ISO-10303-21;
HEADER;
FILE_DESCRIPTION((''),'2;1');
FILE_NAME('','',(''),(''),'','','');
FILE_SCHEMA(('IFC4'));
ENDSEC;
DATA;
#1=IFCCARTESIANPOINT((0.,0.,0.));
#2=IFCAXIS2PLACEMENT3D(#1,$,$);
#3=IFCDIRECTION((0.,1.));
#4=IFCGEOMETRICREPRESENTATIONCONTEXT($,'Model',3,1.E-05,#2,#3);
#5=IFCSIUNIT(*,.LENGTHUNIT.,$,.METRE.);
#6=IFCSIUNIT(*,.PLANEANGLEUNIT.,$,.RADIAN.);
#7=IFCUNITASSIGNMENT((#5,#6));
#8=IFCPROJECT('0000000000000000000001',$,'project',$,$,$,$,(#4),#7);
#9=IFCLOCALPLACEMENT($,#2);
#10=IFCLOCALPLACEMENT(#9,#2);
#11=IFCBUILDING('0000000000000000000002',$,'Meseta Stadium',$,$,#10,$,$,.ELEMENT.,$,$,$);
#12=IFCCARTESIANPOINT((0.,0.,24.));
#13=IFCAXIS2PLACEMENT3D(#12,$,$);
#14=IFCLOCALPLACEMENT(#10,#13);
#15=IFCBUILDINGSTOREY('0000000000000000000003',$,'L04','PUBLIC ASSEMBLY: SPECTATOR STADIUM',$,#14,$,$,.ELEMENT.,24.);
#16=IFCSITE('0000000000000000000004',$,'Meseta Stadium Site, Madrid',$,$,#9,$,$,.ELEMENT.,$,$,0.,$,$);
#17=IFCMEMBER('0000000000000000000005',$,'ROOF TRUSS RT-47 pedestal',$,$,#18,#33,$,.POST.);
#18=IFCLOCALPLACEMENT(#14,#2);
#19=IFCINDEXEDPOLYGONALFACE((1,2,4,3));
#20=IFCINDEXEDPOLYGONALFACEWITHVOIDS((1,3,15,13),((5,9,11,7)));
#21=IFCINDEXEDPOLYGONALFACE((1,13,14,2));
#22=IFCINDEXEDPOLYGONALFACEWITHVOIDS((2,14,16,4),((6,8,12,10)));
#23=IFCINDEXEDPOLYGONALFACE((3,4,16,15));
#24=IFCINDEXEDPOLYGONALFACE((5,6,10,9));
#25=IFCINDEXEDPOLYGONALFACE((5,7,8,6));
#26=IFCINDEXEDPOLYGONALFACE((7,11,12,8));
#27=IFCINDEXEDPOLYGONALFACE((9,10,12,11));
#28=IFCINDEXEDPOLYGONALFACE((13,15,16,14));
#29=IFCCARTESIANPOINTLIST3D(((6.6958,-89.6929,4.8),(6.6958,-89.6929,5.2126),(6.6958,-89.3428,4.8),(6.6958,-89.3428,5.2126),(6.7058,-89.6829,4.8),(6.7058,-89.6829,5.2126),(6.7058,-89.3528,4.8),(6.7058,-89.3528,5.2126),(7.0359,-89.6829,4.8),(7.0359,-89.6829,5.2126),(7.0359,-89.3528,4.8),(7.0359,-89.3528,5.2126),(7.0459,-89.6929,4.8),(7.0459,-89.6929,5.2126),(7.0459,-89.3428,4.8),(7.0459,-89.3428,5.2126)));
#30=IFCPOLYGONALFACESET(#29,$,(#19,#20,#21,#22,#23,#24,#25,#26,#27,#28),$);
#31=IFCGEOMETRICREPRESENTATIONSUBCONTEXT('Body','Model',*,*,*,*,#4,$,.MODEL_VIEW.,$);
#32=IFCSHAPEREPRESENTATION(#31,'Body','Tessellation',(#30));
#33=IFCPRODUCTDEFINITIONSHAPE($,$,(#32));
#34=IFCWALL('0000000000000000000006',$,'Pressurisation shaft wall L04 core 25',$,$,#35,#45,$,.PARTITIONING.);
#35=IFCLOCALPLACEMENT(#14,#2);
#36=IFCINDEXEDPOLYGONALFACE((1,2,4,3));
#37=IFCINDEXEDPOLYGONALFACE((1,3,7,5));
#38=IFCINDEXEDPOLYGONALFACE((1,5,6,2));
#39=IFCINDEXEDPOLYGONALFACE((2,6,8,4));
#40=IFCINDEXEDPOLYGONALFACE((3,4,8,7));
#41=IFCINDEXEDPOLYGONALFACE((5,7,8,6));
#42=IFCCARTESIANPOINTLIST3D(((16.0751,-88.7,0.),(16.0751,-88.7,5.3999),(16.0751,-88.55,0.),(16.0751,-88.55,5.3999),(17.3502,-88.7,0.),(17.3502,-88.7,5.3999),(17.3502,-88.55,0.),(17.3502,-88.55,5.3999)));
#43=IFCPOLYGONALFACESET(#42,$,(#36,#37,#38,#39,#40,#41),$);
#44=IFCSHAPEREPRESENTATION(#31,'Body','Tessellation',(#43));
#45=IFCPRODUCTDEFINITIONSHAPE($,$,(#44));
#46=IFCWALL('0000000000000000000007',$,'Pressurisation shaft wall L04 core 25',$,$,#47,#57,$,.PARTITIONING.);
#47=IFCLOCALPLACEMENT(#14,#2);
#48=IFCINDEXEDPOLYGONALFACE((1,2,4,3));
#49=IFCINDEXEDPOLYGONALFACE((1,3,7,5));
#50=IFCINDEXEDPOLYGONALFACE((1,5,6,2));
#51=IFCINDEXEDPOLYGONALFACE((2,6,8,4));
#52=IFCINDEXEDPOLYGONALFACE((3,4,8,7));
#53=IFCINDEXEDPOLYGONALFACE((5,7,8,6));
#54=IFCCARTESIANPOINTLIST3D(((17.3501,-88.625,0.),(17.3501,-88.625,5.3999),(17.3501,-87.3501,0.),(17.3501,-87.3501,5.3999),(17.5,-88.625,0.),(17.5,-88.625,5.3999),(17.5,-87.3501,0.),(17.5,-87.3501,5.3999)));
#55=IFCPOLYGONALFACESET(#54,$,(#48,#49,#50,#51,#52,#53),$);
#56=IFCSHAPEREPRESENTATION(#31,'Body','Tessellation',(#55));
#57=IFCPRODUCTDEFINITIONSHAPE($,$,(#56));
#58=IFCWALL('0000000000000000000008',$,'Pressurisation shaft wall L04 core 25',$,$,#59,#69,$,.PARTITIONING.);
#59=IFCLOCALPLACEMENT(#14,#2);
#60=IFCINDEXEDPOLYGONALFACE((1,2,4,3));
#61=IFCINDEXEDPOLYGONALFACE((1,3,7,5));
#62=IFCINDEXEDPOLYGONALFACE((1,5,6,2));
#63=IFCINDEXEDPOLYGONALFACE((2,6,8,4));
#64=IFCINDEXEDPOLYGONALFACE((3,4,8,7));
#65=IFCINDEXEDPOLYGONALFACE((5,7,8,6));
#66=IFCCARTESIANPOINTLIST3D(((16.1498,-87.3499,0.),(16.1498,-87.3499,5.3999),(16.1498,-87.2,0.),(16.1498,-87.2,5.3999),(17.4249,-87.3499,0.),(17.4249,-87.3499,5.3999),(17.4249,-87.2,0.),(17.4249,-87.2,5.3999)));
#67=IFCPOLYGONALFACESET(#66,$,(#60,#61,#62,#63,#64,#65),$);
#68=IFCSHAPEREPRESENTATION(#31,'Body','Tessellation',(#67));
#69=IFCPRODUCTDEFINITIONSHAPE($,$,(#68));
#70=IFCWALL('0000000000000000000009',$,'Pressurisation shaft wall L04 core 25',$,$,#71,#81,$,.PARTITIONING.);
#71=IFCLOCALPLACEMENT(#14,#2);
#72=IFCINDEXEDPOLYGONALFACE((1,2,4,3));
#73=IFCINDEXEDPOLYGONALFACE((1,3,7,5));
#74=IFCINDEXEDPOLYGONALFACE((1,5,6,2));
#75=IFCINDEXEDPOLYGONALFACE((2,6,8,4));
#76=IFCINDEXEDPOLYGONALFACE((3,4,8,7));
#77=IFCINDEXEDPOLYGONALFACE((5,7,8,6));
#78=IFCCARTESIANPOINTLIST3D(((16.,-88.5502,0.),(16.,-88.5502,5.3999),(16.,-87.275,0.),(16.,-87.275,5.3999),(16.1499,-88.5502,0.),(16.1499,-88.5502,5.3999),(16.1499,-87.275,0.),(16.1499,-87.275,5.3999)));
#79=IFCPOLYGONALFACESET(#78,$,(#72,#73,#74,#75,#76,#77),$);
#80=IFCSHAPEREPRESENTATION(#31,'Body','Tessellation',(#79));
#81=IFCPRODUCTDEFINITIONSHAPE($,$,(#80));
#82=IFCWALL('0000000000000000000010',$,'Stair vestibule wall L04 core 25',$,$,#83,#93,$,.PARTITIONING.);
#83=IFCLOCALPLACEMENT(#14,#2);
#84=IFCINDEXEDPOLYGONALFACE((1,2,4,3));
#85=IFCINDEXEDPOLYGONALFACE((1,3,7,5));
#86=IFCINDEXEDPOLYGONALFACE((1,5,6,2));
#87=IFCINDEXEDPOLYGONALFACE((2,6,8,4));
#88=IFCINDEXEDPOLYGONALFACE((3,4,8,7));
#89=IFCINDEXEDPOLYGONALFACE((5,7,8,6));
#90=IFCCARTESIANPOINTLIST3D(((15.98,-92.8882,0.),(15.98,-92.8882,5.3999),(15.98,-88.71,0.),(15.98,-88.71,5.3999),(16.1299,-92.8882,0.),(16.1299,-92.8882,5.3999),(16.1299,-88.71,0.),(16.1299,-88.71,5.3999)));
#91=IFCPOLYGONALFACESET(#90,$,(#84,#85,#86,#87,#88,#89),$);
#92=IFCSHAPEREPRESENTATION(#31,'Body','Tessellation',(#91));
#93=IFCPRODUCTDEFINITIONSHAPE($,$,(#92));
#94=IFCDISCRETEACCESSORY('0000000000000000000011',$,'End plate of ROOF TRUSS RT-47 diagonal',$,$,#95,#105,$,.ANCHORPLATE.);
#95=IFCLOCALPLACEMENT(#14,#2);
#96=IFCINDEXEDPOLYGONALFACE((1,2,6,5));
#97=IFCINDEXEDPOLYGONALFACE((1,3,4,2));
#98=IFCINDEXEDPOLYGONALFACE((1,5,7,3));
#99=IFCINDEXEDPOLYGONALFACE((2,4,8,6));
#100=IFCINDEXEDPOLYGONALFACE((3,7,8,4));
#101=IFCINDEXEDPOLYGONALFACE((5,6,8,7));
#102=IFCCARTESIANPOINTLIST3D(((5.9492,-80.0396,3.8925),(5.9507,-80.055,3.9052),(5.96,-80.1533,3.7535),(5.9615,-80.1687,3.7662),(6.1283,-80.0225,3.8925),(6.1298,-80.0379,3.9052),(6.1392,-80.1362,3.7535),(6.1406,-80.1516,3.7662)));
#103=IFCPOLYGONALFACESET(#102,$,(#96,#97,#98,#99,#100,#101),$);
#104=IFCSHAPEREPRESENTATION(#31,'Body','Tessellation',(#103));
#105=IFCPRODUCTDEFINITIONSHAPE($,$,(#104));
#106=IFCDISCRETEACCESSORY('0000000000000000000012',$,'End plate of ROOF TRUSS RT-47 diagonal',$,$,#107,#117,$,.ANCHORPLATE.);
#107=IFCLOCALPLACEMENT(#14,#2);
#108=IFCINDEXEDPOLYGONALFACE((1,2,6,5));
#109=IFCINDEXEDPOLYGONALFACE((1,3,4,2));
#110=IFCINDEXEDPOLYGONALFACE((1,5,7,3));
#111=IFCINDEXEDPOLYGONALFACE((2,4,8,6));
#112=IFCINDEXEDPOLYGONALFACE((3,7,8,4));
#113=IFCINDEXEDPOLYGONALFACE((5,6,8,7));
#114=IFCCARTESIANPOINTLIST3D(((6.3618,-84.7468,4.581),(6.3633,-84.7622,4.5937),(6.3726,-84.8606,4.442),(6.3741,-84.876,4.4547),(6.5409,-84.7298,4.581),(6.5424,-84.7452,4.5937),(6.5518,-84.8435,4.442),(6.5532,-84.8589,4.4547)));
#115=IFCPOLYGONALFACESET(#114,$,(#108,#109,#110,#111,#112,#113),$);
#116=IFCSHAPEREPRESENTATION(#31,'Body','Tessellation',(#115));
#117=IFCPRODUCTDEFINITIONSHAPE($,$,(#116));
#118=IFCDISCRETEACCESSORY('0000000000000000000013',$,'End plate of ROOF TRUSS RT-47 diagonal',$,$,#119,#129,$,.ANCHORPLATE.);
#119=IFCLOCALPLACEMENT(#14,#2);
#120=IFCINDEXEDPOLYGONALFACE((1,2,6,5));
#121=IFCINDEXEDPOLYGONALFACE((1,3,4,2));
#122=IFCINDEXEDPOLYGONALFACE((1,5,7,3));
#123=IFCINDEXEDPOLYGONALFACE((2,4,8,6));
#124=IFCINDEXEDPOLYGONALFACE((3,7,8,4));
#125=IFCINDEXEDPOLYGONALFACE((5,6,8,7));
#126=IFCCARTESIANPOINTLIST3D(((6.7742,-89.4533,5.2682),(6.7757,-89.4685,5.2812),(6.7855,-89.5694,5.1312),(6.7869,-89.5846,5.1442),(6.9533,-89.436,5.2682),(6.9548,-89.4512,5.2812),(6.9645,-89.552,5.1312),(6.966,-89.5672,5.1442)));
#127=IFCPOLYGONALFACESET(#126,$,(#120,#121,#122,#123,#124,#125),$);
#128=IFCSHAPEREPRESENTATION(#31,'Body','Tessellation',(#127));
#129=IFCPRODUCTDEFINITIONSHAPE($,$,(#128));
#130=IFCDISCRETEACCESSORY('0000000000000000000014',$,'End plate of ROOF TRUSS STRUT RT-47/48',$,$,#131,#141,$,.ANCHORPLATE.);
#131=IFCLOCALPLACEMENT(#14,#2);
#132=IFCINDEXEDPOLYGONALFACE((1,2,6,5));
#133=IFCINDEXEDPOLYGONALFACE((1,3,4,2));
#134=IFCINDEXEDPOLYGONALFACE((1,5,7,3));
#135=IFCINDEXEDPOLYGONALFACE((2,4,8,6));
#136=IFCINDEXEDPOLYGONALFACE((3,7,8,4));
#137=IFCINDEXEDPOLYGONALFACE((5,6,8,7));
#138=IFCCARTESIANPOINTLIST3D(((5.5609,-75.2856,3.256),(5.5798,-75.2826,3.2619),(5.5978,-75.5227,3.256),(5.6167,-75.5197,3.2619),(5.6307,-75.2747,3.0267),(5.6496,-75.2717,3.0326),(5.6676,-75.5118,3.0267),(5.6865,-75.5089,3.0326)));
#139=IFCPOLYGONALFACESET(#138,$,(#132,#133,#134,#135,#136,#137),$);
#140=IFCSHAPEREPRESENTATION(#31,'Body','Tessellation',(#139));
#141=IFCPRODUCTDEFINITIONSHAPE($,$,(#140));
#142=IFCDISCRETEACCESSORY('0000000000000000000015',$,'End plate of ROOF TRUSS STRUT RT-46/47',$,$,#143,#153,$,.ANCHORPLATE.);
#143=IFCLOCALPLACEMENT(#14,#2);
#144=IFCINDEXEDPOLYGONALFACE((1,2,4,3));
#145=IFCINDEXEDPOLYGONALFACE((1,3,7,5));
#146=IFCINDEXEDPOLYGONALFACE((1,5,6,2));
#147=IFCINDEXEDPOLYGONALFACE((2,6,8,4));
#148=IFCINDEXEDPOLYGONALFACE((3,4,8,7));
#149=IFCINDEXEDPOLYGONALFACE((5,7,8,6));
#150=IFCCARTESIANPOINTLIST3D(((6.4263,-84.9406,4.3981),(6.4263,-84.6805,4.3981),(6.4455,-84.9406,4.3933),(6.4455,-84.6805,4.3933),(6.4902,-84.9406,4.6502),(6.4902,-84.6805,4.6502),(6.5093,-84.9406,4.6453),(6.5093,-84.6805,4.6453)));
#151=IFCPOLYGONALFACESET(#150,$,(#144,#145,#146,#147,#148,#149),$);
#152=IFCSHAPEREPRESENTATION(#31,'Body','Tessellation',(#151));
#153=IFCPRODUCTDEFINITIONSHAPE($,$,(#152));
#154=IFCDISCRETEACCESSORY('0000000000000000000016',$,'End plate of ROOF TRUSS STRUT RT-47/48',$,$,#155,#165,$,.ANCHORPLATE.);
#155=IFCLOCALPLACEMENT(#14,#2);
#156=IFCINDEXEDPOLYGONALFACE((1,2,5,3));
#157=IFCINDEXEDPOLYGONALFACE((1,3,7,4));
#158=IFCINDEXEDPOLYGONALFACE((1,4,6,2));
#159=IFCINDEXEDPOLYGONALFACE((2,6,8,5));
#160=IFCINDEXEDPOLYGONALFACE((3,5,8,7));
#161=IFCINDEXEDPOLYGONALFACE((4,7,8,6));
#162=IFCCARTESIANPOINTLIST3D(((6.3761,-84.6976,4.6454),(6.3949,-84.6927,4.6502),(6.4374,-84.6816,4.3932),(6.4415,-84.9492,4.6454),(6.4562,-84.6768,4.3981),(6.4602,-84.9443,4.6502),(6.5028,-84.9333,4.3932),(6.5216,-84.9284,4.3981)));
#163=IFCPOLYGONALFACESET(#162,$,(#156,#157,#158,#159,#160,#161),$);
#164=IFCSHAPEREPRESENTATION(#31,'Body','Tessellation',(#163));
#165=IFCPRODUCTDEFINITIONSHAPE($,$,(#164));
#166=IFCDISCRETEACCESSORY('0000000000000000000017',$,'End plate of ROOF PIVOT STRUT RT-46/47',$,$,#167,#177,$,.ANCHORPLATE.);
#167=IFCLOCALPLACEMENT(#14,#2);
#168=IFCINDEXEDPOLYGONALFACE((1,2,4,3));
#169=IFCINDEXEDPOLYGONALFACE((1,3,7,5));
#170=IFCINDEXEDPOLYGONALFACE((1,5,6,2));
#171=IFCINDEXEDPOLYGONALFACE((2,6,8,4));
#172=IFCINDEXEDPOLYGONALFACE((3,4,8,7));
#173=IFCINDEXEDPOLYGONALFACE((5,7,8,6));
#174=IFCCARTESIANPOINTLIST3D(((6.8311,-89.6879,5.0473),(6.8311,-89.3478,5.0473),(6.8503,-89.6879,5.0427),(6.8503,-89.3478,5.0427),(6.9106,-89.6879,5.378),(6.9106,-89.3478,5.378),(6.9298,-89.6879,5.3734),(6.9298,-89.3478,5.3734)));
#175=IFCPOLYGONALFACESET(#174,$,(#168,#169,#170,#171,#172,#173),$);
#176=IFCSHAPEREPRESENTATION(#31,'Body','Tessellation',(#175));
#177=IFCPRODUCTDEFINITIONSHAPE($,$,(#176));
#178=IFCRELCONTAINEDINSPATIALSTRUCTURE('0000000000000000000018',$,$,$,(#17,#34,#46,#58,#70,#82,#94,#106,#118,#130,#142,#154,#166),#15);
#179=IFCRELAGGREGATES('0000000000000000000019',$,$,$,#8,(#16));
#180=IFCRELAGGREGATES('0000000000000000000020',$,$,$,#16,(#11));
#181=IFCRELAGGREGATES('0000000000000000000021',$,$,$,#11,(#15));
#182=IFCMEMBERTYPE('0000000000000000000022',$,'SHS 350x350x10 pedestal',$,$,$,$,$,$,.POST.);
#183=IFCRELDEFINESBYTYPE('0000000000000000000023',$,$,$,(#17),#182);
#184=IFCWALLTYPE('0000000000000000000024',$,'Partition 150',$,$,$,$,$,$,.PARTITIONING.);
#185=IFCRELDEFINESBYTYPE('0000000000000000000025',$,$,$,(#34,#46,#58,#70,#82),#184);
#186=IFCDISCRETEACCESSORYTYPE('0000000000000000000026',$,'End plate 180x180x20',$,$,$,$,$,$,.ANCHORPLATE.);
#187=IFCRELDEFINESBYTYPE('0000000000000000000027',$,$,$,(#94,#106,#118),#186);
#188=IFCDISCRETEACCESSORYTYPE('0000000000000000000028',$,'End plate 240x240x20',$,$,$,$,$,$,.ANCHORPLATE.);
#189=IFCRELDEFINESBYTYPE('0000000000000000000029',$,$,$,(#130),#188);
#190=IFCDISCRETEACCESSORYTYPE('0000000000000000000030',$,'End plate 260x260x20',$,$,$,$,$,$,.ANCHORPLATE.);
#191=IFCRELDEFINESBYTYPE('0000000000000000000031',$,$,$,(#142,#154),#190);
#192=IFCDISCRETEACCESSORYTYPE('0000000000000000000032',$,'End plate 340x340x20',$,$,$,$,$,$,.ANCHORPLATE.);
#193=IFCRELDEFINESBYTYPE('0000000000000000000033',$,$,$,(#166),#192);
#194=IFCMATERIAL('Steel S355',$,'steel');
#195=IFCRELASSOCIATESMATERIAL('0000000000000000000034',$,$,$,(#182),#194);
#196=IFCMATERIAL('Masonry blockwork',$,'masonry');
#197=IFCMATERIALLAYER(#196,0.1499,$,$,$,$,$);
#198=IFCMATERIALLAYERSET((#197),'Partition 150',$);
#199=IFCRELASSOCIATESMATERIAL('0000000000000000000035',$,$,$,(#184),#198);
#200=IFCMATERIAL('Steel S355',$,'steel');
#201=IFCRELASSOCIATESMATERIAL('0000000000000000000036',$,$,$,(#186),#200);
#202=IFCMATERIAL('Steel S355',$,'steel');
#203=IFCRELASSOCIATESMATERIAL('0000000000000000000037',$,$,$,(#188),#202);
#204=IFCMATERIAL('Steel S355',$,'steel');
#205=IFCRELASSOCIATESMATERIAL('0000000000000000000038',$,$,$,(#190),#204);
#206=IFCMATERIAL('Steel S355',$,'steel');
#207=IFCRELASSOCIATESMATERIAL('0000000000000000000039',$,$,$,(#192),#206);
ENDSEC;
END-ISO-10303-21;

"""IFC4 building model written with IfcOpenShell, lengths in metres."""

from ifc_helpers import new_model, si_unit, direction, frame, frame_2d, origin, origin_2d, place, context, subcontext, project, spatial, rectangle, hollow_rectangle, extrude, material, layer, layer_set, material_profile, profile_set, type_object, element, save


model = new_model("IFC4")

# Units and contexts
model_context = context("Model", 3, precision=1e-05, world=origin(), true_north=direction((0.0, 1.0)))
body_context = subcontext(model_context, "Body", "Model", "MODEL_VIEW")
ifc_project = project(units=[si_unit("LENGTHUNIT", "METRE"), si_unit("PLANEANGLEUNIT", "RADIAN")], contexts=[model_context])

# Site, building, storey
site_placement = place(None, origin())
site = spatial("IfcSite", under=ifc_project, at=site_placement, Name="Meseta Stadium Site, Madrid", CompositionType="ELEMENT", RefElevation=0.0)
building_placement = place(site_placement, origin())
building = spatial("IfcBuilding", under=site, at=building_placement, Name="Meseta Stadium", CompositionType="ELEMENT")
storey_placement = place(building_placement, frame((0.0, 0.0, 24.0)))
storey = spatial("IfcBuildingStorey", under=building, at=storey_placement, Name="L04", Description="PUBLIC ASSEMBLY: SPECTATOR STADIUM", CompositionType="ELEMENT", Elevation=24.0)

# Member
ifc_material_1 = material(Name="Steel S355", Category="steel")
ifc_material_profile_1 = material_profile(ifc_material_1, hollow_rectangle(XDim=0.3501, YDim=0.3501, WallThickness=0.01, at=origin_2d()), Name="SHS 350x350x10")
ifc_profile_set_1 = profile_set([ifc_material_profile_1], Name="Steel S355")
member_type_1 = type_object("IfcMemberType", Name="SHS 350x350x10 pedestal", PredefinedType="POST", material=ifc_profile_set_1)
member_1_placement = place(storey_placement, frame((6.8708, -89.5178, 4.8), z_axis=(0.0, 0.0, 1.0), x_axis=(1.0, 0.0, 0.0)))
element("IfcMember", 1, at=member_1_placement, inside=storey, type_object=member_type_1, Name="ROOF TRUSS RT-47 pedestal", PredefinedType="POST", context=body_context, shape_type="SweptSolid", body=[
    extrude(hollow_rectangle(XDim=0.3501, YDim=0.3501, WallThickness=0.01, at=origin_2d()), origin(), (0.0, 0.0, 1.0), 0.4126),
])

# Walls
ifc_material_2 = material(Name="Masonry blockwork", Category="masonry")
ifc_layer = layer(ifc_material_2, 0.1499)
ifc_layer_set = layer_set([ifc_layer], Name="Partition 150")
wall_type = type_object("IfcWallType", Name="Partition 150", PredefinedType="PARTITIONING", material=ifc_layer_set)
wall_1_placement = place(storey_placement, frame((16.075, -88.625, 0.0), z_axis=(0.0, 0.0, 1.0), x_axis=(1.0, 0.0, 0.0)))
element("IfcWall", 2, at=wall_1_placement, inside=storey, type_object=wall_type, Name="Pressurisation shaft wall L04 core 25", PredefinedType="PARTITIONING", context=body_context, shape_type="SweptSolid", body=[
    extrude(rectangle(XDim=1.2751, YDim=0.1499, at=frame_2d((0.6377, 0.0))), origin(), (0.0, 0.0, 1.0), 5.3999),
])
wall_2_placement = place(storey_placement, frame((17.425, -88.625, 0.0), z_axis=(0.0, 0.0, 1.0), x_axis=(0.0, 1.0, 0.0)))
element("IfcWall", 3, at=wall_2_placement, inside=storey, type_object=wall_type, Name="Pressurisation shaft wall L04 core 25", PredefinedType="PARTITIONING", context=body_context, shape_type="SweptSolid", body=[
    extrude(rectangle(XDim=1.2749, YDim=0.1499, at=frame_2d((0.6375, 0.0))), origin(), (0.0, 0.0, 1.0), 5.3999),
])
for number, where, z_axis, x_axis, name in (
    (4, (17.425, -87.2749, 0.0), (0.0, 0.0, 1.0), (-1.0, 0.0, 0.0), "Pressurisation shaft wall L04 core 25"),
    (5, (16.075, -87.2749, 0.0), (0.0, 0.0, 1.0), (0.0, -1.0, 0.0), "Pressurisation shaft wall L04 core 25"),
):
    element("IfcWall", number, at=place(storey_placement, frame(where, z_axis=z_axis, x_axis=x_axis)), inside=storey, type_object=wall_type, Name=name, PredefinedType="PARTITIONING", context=body_context, shape_type="SweptSolid", body=[
        extrude(rectangle(XDim=1.2751, YDim=0.1499, at=frame_2d((0.6377, 0.0))), origin(), (0.0, 0.0, 1.0), 5.3999),
    ])
wall_3_placement = place(storey_placement, frame((16.0549, -88.71, 0.0), z_axis=(0.0, 0.0, 1.0), x_axis=(0.0, -1.0, 0.0)))
element("IfcWall", 6, at=wall_3_placement, inside=storey, type_object=wall_type, Name="Stair vestibule wall L04 core 25", PredefinedType="PARTITIONING", context=body_context, shape_type="SweptSolid", body=[
    extrude(rectangle(XDim=4.1782, YDim=0.1499, at=frame_2d((2.0891, 0.0))), origin(), (0.0, 0.0, 1.0), 5.3999),
])

# Discrete accessories
ifc_material_3 = material(Name="Steel S355", Category="steel")
ifc_material_profile_2 = material_profile(ifc_material_3, rectangle(XDim=0.1799, YDim=0.1799, at=origin_2d()), Name="PL 180x180")
ifc_profile_set_2 = profile_set([ifc_material_profile_2], Name="Steel S355")
discrete_accessory_type_1 = type_object("IfcDiscreteAccessoryType", Name="End plate 180x180x20", PredefinedType="ANCHORPLATE", material=ifc_profile_set_2)
for number, where, z_axis, x_axis, name in (
    (7, (6.0442, -80.0879, 3.823), (0.073252, -0.769151, 0.634855), (0.995495, 0.094809, 0.0), "End plate of ROOF TRUSS RT-47 diagonal"),
    (8, (6.4568, -84.7952, 4.5115), (0.073252, -0.769151, 0.634855), (0.995495, 0.094809, 0.0), "End plate of ROOF TRUSS RT-47 diagonal"),
    (9, (6.8694, -89.5027, 5.1997), (0.073362, -0.758073, 0.64803), (0.99535, 0.096324, 0.0), "End plate of ROOF TRUSS RT-47 diagonal"),
):
    element("IfcDiscreteAccessory", number, at=place(storey_placement, frame(where, z_axis=z_axis, x_axis=x_axis)), inside=storey, type_object=discrete_accessory_type_1, Name=name, PredefinedType="ANCHORPLATE", context=body_context, shape_type="SweptSolid", body=[
        extrude(rectangle(XDim=0.1799, YDim=0.1799, at=origin_2d()), origin(), (0.0, 0.0, 1.0), 0.02),
    ])
ifc_material_4 = material(Name="Steel S355", Category="steel")
ifc_material_profile_3 = material_profile(ifc_material_4, rectangle(XDim=0.24, YDim=0.24, at=origin_2d()), Name="PL 240x240")
ifc_profile_set_3 = profile_set([ifc_material_profile_3], Name="Steel S355")
discrete_accessory_type_2 = type_object("IfcDiscreteAccessoryType", Name="End plate 240x240x20", PredefinedType="ANCHORPLATE", material=ifc_profile_set_3)
discrete_accessory_1_placement = place(storey_placement, frame((5.6143, -75.3987, 3.1414), z_axis=(0.944306, 0.147165, 0.294329), x_axis=(-0.153985, 0.988073, 0.0)))
element("IfcDiscreteAccessory", 10, at=discrete_accessory_1_placement, inside=storey, type_object=discrete_accessory_type_2, Name="End plate of ROOF TRUSS STRUT RT-47/48", PredefinedType="ANCHORPLATE", context=body_context, shape_type="SweptSolid", body=[
    extrude(rectangle(XDim=0.24, YDim=0.24, at=origin_2d()), origin(), (0.0, 0.0, 1.0), 0.02),
])
ifc_material_5 = material(Name="Steel S355", Category="steel")
ifc_material_profile_4 = material_profile(ifc_material_5, rectangle(XDim=0.26, YDim=0.26, at=origin_2d()), Name="PL 260x260")
ifc_profile_set_4 = profile_set([ifc_material_profile_4], Name="Steel S355")
discrete_accessory_type_3 = type_object("IfcDiscreteAccessoryType", Name="End plate 260x260x20", PredefinedType="ANCHORPLATE", material=ifc_profile_set_4)
discrete_accessory_2_placement = place(storey_placement, frame((6.4583, -84.8105, 4.5242), z_axis=(0.969416, 0.0, -0.245422), x_axis=(0.0, 1.0, 0.0)))
element("IfcDiscreteAccessory", 11, at=discrete_accessory_2_placement, inside=storey, type_object=discrete_accessory_type_3, Name="End plate of ROOF TRUSS STRUT RT-46/47", PredefinedType="ANCHORPLATE", context=body_context, shape_type="SweptSolid", body=[
    extrude(rectangle(XDim=0.26, YDim=0.26, at=origin_2d()), origin(), (0.0, 0.0, 1.0), 0.0198),
])
discrete_accessory_3_placement = place(storey_placement, frame((6.4395, -84.8154, 4.5193), z_axis=(0.938675, 0.243812, 0.243812), x_axis=(-0.251398, 0.967884, 0.0)))
element("IfcDiscreteAccessory", 12, at=discrete_accessory_3_placement, inside=storey, type_object=discrete_accessory_type_3, Name="End plate of ROOF TRUSS STRUT RT-47/48", PredefinedType="ANCHORPLATE", context=body_context, shape_type="SweptSolid", body=[
    extrude(rectangle(XDim=0.26, YDim=0.26, at=origin_2d()), origin(), (0.0, 0.0, 1.0), 0.02),
])
ifc_material_6 = material(Name="Steel S355", Category="steel")
ifc_material_profile_5 = material_profile(ifc_material_6, rectangle(XDim=0.3401, YDim=0.3401, at=origin_2d()), Name="PL 340x340")
ifc_profile_set_5 = profile_set([ifc_material_profile_5], Name="Steel S355")
discrete_accessory_type_4 = type_object("IfcDiscreteAccessoryType", Name="End plate 340x340x20", PredefinedType="ANCHORPLATE", material=ifc_profile_set_5)
discrete_accessory_4_placement = place(storey_placement, frame((6.8708, -89.5178, 5.2126), z_axis=(0.972275, 0.0, -0.233838), x_axis=(0.0, 1.0, 0.0)))
element("IfcDiscreteAccessory", 13, at=discrete_accessory_4_placement, inside=storey, type_object=discrete_accessory_type_4, Name="End plate of ROOF PIVOT STRUT RT-46/47", PredefinedType="ANCHORPLATE", context=body_context, shape_type="SweptSolid", body=[
    extrude(rectangle(XDim=0.3401, YDim=0.3401, at=origin_2d()), origin(), (0.0, 0.0, 1.0), 0.0198),
])

save(model, "model.ifc")
